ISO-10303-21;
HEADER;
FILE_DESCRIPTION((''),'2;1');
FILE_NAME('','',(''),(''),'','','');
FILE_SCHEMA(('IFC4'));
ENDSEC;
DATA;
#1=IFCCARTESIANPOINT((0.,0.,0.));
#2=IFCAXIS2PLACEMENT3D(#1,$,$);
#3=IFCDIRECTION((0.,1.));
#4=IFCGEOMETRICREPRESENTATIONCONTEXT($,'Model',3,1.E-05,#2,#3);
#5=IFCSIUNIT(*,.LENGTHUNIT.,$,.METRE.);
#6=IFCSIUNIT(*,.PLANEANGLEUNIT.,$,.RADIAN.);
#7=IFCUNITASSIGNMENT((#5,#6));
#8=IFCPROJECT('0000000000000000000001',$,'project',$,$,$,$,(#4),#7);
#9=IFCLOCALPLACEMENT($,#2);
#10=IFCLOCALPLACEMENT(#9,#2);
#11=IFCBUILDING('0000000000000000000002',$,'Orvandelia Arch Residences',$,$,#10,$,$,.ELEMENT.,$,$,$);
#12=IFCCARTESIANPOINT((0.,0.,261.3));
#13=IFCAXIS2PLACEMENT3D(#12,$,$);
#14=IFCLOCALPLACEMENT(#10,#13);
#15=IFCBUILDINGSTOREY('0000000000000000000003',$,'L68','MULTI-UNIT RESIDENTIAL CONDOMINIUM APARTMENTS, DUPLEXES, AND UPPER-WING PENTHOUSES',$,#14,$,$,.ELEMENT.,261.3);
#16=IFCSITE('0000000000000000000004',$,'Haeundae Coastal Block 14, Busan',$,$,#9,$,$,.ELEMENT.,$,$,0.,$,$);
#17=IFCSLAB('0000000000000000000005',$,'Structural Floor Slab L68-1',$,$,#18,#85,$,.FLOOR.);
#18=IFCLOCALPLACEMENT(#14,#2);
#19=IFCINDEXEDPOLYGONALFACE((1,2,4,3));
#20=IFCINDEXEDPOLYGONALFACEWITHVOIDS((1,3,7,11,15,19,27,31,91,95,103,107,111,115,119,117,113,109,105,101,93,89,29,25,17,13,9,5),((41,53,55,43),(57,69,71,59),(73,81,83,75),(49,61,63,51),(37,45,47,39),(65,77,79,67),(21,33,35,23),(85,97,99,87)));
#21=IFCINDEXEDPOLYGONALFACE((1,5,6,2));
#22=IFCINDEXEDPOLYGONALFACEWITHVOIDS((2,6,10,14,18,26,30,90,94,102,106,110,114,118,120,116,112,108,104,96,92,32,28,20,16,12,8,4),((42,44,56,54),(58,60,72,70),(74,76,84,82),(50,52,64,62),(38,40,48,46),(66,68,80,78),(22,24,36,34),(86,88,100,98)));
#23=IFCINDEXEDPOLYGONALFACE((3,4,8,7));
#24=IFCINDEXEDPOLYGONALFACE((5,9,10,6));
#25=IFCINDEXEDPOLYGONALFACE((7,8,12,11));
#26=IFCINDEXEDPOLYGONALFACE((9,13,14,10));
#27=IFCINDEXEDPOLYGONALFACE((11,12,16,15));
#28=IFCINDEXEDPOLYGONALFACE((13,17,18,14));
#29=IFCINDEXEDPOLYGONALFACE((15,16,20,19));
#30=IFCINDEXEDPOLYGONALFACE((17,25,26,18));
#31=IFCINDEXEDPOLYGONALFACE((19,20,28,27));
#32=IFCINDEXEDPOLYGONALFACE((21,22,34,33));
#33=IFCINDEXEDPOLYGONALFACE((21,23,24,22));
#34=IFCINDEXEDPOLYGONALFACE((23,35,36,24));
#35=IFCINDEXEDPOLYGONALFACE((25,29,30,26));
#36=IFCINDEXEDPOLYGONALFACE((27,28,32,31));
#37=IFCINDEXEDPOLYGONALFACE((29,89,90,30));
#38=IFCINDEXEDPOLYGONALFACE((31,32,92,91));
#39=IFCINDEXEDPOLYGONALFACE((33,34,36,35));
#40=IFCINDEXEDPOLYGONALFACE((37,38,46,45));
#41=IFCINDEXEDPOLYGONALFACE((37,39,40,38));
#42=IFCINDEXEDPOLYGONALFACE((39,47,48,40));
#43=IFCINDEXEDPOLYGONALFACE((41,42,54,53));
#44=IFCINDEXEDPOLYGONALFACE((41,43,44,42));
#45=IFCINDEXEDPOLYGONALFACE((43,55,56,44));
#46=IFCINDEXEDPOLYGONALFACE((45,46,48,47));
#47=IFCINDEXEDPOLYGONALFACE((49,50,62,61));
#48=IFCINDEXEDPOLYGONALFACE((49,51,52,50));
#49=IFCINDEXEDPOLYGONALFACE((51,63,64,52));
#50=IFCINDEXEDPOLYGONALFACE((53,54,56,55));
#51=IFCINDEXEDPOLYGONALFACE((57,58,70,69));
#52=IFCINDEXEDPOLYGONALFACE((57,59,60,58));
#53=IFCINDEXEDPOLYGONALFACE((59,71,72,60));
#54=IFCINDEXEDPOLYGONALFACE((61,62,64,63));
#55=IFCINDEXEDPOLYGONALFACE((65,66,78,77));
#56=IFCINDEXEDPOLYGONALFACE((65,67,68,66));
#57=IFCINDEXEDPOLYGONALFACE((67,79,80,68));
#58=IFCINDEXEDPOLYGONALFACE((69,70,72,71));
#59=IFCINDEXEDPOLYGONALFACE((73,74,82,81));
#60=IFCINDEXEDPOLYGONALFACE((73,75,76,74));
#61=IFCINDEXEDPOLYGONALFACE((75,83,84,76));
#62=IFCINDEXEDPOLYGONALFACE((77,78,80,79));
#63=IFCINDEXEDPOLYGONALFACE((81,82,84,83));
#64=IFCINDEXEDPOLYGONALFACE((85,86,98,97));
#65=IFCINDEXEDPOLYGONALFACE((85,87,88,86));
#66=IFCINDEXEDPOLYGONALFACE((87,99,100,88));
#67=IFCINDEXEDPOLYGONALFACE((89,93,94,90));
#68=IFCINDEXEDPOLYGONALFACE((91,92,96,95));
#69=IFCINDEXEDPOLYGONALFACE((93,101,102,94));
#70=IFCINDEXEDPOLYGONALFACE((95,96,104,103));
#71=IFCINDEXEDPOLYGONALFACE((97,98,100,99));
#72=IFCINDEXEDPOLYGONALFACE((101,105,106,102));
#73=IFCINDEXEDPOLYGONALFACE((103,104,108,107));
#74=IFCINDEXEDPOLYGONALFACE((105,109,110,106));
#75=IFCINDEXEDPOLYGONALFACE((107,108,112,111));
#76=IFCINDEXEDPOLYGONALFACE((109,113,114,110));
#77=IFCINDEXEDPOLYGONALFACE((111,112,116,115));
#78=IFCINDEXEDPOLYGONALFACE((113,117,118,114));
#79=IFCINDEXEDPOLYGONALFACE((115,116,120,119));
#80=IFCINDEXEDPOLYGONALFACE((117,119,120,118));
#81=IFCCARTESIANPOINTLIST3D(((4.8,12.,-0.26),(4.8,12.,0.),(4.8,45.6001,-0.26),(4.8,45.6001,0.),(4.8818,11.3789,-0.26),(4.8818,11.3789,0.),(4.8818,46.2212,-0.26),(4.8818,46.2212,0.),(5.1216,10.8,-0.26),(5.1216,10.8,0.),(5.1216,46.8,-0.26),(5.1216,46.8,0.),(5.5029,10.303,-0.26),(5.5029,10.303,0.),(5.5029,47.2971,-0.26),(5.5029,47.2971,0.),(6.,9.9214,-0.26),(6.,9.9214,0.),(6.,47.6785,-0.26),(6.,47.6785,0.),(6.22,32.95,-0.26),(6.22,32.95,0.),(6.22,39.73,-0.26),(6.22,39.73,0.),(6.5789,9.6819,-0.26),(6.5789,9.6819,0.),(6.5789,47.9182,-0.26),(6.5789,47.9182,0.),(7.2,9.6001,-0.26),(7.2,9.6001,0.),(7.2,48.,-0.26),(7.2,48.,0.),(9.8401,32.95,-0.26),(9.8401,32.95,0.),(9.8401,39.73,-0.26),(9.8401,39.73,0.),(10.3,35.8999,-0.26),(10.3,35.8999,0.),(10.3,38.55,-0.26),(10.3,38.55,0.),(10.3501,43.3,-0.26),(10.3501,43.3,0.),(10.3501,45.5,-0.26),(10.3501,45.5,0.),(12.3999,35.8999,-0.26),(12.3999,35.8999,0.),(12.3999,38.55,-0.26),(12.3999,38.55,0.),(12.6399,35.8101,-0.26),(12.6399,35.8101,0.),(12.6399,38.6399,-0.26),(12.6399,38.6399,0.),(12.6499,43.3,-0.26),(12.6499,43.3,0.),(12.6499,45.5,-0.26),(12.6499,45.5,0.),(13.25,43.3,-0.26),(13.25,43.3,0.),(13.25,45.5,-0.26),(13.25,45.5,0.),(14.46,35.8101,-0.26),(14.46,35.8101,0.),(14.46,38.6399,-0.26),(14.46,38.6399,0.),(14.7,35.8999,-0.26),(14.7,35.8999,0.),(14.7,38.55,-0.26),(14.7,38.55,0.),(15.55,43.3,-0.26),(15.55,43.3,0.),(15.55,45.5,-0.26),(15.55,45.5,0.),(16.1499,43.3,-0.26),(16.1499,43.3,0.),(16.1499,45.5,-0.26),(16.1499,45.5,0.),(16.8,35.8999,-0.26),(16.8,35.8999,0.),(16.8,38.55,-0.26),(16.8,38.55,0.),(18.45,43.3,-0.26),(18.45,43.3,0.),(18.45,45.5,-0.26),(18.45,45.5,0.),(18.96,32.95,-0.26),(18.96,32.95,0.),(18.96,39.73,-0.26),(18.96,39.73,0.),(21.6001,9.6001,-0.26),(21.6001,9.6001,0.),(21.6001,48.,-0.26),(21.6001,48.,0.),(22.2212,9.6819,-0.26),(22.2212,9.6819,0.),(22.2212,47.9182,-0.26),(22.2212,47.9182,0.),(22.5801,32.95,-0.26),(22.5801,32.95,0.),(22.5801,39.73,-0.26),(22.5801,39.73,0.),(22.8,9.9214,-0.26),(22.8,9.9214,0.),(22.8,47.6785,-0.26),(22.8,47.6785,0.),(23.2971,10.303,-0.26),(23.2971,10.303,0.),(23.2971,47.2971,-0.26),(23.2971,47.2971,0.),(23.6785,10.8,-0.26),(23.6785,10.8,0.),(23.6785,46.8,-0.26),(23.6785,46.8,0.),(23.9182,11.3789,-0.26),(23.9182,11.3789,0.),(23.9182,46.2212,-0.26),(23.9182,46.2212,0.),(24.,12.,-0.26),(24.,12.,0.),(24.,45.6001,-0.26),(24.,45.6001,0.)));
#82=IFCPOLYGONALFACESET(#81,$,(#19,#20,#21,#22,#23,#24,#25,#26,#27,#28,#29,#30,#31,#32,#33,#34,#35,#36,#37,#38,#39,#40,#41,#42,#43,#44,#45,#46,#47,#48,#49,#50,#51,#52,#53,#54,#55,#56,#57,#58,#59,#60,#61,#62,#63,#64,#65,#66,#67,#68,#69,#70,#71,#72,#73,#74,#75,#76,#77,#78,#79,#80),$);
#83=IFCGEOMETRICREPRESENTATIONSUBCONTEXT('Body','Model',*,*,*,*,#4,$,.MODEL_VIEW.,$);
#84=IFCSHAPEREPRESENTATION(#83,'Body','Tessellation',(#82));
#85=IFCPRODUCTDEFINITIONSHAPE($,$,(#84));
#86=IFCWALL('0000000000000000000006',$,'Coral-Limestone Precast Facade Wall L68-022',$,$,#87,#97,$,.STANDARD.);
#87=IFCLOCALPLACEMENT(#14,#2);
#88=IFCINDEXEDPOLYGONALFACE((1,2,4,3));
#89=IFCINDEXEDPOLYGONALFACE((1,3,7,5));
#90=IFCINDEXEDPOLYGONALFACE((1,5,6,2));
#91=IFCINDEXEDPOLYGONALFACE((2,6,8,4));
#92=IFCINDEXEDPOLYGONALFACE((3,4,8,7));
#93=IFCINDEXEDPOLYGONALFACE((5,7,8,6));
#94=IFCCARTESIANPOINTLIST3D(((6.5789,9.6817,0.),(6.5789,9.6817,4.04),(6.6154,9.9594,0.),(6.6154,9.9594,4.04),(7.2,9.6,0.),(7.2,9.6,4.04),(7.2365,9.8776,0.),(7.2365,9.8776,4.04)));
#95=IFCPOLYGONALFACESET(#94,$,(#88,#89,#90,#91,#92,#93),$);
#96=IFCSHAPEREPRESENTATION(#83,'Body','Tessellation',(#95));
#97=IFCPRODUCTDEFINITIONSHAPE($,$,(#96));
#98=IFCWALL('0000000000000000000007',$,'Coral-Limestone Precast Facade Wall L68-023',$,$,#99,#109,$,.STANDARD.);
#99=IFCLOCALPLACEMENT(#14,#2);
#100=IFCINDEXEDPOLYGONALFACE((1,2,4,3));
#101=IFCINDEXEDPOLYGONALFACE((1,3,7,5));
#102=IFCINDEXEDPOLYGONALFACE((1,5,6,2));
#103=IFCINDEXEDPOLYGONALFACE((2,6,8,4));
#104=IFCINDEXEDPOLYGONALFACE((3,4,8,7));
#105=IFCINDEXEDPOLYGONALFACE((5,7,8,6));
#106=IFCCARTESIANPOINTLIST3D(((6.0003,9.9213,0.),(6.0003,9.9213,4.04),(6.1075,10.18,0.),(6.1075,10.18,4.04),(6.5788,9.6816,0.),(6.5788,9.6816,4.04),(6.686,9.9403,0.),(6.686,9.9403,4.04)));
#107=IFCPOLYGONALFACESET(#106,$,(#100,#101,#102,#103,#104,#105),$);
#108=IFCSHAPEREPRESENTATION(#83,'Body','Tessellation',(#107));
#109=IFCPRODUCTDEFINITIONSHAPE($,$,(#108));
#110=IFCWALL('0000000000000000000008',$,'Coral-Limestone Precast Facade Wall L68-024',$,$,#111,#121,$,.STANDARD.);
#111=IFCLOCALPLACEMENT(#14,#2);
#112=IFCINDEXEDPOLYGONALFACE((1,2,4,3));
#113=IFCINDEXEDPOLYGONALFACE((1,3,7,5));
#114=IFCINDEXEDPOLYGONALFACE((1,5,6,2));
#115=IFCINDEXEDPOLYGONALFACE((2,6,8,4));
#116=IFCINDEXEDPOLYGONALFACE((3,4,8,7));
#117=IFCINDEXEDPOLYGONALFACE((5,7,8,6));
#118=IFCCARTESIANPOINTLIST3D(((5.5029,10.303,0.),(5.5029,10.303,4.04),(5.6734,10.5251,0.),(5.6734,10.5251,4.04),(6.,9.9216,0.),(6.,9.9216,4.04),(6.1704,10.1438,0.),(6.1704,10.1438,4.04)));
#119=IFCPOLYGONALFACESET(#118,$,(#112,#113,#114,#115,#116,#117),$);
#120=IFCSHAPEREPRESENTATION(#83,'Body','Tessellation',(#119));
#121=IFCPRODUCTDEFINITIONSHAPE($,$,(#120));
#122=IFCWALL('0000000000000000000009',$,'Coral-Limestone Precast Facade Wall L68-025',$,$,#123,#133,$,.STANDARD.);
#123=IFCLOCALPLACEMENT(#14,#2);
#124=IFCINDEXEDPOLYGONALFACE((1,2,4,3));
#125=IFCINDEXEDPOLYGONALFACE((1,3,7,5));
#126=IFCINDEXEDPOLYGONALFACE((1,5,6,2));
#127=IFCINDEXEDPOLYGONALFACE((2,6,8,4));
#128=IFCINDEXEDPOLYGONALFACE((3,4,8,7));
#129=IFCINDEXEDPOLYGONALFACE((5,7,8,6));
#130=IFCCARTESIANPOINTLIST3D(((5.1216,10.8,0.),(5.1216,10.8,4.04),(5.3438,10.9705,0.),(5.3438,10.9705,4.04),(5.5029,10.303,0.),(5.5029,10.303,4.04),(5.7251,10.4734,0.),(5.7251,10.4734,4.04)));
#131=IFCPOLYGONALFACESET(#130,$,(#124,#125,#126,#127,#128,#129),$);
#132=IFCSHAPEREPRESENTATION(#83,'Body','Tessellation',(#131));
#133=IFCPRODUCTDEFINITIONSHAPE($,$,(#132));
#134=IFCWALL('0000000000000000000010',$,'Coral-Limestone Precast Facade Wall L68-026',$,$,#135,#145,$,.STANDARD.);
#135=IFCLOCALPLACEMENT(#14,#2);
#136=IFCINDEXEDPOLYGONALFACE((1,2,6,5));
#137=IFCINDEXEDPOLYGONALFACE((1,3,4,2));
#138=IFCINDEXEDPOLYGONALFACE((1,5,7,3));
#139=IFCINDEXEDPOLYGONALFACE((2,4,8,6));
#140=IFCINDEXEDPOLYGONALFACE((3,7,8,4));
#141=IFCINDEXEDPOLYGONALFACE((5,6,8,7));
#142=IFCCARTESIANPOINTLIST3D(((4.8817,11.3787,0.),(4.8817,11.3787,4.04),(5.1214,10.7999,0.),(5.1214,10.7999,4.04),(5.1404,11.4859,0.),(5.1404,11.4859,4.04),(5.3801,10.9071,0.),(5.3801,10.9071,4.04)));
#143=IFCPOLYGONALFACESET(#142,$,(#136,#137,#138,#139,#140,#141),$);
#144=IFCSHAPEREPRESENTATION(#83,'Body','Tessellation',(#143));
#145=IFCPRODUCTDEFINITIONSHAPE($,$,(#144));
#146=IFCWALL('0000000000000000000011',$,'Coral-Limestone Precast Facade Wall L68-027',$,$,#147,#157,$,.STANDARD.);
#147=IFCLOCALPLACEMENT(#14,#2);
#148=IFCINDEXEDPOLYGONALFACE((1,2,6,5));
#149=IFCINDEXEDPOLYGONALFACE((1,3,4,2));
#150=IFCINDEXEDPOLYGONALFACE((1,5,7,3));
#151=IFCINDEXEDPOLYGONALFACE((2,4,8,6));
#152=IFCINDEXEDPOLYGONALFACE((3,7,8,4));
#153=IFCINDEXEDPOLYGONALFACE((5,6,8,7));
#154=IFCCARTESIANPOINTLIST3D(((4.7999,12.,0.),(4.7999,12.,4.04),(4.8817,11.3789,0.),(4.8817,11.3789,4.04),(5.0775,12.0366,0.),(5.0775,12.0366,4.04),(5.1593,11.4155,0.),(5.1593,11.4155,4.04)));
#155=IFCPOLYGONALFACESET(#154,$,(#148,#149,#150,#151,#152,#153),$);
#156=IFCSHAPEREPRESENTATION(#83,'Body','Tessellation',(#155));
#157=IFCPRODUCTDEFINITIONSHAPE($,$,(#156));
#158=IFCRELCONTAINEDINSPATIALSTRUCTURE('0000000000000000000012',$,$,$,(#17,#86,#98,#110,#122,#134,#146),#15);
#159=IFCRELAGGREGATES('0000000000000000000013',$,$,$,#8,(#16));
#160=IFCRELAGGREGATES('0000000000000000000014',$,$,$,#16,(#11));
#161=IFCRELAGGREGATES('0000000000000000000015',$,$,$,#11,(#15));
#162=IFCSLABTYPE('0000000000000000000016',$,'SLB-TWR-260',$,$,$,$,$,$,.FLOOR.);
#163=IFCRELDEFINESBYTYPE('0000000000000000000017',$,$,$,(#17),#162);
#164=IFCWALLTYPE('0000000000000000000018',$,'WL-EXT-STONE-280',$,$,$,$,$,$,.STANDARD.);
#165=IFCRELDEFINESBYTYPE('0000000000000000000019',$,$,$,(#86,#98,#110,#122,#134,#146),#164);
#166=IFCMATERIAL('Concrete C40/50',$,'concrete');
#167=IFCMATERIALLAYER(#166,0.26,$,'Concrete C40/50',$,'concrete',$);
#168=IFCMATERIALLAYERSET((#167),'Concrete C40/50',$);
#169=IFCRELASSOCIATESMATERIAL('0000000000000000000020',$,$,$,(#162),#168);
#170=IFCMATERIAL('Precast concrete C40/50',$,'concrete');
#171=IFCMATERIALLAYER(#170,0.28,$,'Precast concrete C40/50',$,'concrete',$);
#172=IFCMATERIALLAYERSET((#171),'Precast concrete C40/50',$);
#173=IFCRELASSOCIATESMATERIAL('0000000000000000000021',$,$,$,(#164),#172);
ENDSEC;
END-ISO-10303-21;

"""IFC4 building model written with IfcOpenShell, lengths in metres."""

from ifc_helpers import new_model, si_unit, direction, frame, frame_2d, origin, place, context, subcontext, project, spatial, polyline, rectangle, outline, extrude, material, layer, layer_set, type_object, element, save


model = new_model("IFC4")

# Units and contexts
model_context = context("Model", 3, precision=1e-05, world=origin(), true_north=direction((0.0, 1.0)))
body_context = subcontext(model_context, "Body", "Model", "MODEL_VIEW")
ifc_project = project(units=[si_unit("LENGTHUNIT", "METRE"), si_unit("PLANEANGLEUNIT", "RADIAN")], contexts=[model_context])

# Site, building, storey
site_placement = place(None, origin())
site = spatial("IfcSite", under=ifc_project, at=site_placement, Name="Haeundae Coastal Block 14, Busan", CompositionType="ELEMENT", RefElevation=0.0)
building_placement = place(site_placement, origin())
building = spatial("IfcBuilding", under=site, at=building_placement, Name="Orvandelia Arch Residences", CompositionType="ELEMENT")
storey_placement = place(building_placement, frame((0.0, 0.0, 261.3)))
storey = spatial("IfcBuildingStorey", under=building, at=storey_placement, Name="L68", Description="MULTI-UNIT RESIDENTIAL CONDOMINIUM APARTMENTS, DUPLEXES, AND UPPER-WING PENTHOUSES", CompositionType="ELEMENT", Elevation=261.3)

# Shared definitions
ifc_material_1 = material(Name="Concrete C40/50", Category="concrete")

# Slab
ifc_layer_1 = layer(ifc_material_1, 0.26, Name="Concrete C40/50", Category="concrete")
ifc_layer_set_1 = layer_set([ifc_layer_1], Name="Concrete C40/50")
slab_type_1 = type_object("IfcSlabType", Name="SLB-TWR-260", PredefinedType="FLOOR", material=ifc_layer_set_1)
slab_1_placement = place(storey_placement, frame((0.0, 0.0, -0.26)))
element("IfcSlab", 1, at=slab_1_placement, inside=storey, type_object=slab_type_1, Name="Structural Floor Slab L68-1", PredefinedType="FLOOR", context=body_context, shape_type="SweptSolid", body=[
    extrude(outline(polyline([(4.8, 12.0), (4.8818, 11.3789), (5.1216, 10.8), (5.5029, 10.303), (6.0, 9.9214), (6.5789, 9.6819), (7.2, 9.6001), (21.6001, 9.6001), (22.2212, 9.6819), (22.8, 9.9214), (23.2971, 10.303), (23.6785, 10.8), (23.9182, 11.3789), (24.0, 12.0), (24.0, 45.6001), (23.9182, 46.2212), (23.6785, 46.8), (23.2971, 47.2971), (22.8, 47.6785), (22.2212, 47.9182), (21.6001, 48.0), (7.2, 48.0), (6.5789, 47.9182), (6.0, 47.6785), (5.5029, 47.2971), (5.1216, 46.8), (4.8818, 46.2212), (4.8, 45.6001), (4.8, 12.0)]), holes=[polyline([(6.22, 32.95), (9.8401, 32.95), (9.8401, 39.73), (6.22, 39.73), (6.22, 32.95)]), polyline([(18.96, 32.95), (22.5801, 32.95), (22.5801, 39.73), (18.96, 39.73), (18.96, 32.95)]), polyline([(12.6399, 35.8101), (14.46, 35.8101), (14.46, 38.6399), (12.6399, 38.6399), (12.6399, 35.8101)]), polyline([(10.3, 35.8999), (12.3999, 35.8999), (12.3999, 38.55), (10.3, 38.55), (10.3, 35.8999)]), polyline([(14.7, 35.8999), (16.8, 35.8999), (16.8, 38.55), (14.7, 38.55), (14.7, 35.8999)]), polyline([(10.3501, 43.3), (12.6499, 43.3), (12.6499, 45.5), (10.3501, 45.5), (10.3501, 43.3)]), polyline([(13.25, 43.3), (15.55, 43.3), (15.55, 45.5), (13.25, 45.5), (13.25, 43.3)]), polyline([(16.1499, 43.3), (18.45, 43.3), (18.45, 45.5), (16.1499, 45.5), (16.1499, 43.3)])]), origin(), (0.0, 0.0, 1.0), 0.26),
])

# Walls
ifc_material_2 = material(Name="Precast concrete C40/50", Category="concrete")
ifc_layer_2 = layer(ifc_material_2, 0.28, Name="Precast concrete C40/50", Category="concrete")
ifc_layer_set_2 = layer_set([ifc_layer_2], Name="Precast concrete C40/50")
wall_type_1 = type_object("IfcWallType", Name="WL-EXT-STONE-280", PredefinedType="STANDARD", material=ifc_layer_set_2)
wall_1_placement = place(storey_placement, frame((7.2183, 9.7388, 0.0), z_axis=(0.0, 0.0, 1.0), x_axis=(-0.991441, 0.130555, 0.0)))
element("IfcWall", 2, at=wall_1_placement, inside=storey, type_object=wall_type_1, Name="Coral-Limestone Precast Facade Wall L68-022", PredefinedType="STANDARD", context=body_context, shape_type="SweptSolid", body=[
    extrude(rectangle(XDim=0.6265, YDim=0.28, at=frame_2d((0.3132, 0.0))), origin(), (0.0, 0.0, 1.0), 4.04),
])
wall_2_placement = place(storey_placement, frame((6.6323, 9.811, 0.0), z_axis=(0.0, 0.0, 1.0), x_axis=(-0.923836, 0.382788, 0.0)))
element("IfcWall", 3, at=wall_2_placement, inside=storey, type_object=wall_type_1, Name="Coral-Limestone Precast Facade Wall L68-023", PredefinedType="STANDARD", context=body_context, shape_type="SweptSolid", body=[
    extrude(rectangle(XDim=0.6262, YDim=0.28, at=frame_2d((0.313, 0.0))), origin(), (0.0, 0.0, 1.0), 4.04),
])
for number, where, z_axis, x_axis, name in (
    (4, (6.0852, 10.0327, 0.0), (0.0, 0.0, 1.0), (-0.793406, 0.608693, 0.0), "Coral-Limestone Precast Facade Wall L68-024"),
    (5, (5.614, 10.3882, 0.0), (0.0, 0.0, 1.0), (-0.608693, 0.793406, 0.0), "Coral-Limestone Precast Facade Wall L68-025"),
    (6, (5.2507, 10.8535, 0.0), (0.0, 0.0, 1.0), (-0.38265, 0.923893, 0.0), "Coral-Limestone Precast Facade Wall L68-026"),
    (7, (5.0205, 11.3972, 0.0), (0.0, 0.0, 1.0), (-0.130555, 0.991441, 0.0), "Coral-Limestone Precast Facade Wall L68-027"),
):
    element("IfcWall", number, at=place(storey_placement, frame(where, z_axis=z_axis, x_axis=x_axis)), inside=storey, type_object=wall_type_1, Name=name, PredefinedType="STANDARD", context=body_context, shape_type="SweptSolid", body=[
        extrude(rectangle(XDim=0.6265, YDim=0.28, at=frame_2d((0.3132, 0.0))), origin(), (0.0, 0.0, 1.0), 4.04),
    ])

save(model, "model.ifc")
